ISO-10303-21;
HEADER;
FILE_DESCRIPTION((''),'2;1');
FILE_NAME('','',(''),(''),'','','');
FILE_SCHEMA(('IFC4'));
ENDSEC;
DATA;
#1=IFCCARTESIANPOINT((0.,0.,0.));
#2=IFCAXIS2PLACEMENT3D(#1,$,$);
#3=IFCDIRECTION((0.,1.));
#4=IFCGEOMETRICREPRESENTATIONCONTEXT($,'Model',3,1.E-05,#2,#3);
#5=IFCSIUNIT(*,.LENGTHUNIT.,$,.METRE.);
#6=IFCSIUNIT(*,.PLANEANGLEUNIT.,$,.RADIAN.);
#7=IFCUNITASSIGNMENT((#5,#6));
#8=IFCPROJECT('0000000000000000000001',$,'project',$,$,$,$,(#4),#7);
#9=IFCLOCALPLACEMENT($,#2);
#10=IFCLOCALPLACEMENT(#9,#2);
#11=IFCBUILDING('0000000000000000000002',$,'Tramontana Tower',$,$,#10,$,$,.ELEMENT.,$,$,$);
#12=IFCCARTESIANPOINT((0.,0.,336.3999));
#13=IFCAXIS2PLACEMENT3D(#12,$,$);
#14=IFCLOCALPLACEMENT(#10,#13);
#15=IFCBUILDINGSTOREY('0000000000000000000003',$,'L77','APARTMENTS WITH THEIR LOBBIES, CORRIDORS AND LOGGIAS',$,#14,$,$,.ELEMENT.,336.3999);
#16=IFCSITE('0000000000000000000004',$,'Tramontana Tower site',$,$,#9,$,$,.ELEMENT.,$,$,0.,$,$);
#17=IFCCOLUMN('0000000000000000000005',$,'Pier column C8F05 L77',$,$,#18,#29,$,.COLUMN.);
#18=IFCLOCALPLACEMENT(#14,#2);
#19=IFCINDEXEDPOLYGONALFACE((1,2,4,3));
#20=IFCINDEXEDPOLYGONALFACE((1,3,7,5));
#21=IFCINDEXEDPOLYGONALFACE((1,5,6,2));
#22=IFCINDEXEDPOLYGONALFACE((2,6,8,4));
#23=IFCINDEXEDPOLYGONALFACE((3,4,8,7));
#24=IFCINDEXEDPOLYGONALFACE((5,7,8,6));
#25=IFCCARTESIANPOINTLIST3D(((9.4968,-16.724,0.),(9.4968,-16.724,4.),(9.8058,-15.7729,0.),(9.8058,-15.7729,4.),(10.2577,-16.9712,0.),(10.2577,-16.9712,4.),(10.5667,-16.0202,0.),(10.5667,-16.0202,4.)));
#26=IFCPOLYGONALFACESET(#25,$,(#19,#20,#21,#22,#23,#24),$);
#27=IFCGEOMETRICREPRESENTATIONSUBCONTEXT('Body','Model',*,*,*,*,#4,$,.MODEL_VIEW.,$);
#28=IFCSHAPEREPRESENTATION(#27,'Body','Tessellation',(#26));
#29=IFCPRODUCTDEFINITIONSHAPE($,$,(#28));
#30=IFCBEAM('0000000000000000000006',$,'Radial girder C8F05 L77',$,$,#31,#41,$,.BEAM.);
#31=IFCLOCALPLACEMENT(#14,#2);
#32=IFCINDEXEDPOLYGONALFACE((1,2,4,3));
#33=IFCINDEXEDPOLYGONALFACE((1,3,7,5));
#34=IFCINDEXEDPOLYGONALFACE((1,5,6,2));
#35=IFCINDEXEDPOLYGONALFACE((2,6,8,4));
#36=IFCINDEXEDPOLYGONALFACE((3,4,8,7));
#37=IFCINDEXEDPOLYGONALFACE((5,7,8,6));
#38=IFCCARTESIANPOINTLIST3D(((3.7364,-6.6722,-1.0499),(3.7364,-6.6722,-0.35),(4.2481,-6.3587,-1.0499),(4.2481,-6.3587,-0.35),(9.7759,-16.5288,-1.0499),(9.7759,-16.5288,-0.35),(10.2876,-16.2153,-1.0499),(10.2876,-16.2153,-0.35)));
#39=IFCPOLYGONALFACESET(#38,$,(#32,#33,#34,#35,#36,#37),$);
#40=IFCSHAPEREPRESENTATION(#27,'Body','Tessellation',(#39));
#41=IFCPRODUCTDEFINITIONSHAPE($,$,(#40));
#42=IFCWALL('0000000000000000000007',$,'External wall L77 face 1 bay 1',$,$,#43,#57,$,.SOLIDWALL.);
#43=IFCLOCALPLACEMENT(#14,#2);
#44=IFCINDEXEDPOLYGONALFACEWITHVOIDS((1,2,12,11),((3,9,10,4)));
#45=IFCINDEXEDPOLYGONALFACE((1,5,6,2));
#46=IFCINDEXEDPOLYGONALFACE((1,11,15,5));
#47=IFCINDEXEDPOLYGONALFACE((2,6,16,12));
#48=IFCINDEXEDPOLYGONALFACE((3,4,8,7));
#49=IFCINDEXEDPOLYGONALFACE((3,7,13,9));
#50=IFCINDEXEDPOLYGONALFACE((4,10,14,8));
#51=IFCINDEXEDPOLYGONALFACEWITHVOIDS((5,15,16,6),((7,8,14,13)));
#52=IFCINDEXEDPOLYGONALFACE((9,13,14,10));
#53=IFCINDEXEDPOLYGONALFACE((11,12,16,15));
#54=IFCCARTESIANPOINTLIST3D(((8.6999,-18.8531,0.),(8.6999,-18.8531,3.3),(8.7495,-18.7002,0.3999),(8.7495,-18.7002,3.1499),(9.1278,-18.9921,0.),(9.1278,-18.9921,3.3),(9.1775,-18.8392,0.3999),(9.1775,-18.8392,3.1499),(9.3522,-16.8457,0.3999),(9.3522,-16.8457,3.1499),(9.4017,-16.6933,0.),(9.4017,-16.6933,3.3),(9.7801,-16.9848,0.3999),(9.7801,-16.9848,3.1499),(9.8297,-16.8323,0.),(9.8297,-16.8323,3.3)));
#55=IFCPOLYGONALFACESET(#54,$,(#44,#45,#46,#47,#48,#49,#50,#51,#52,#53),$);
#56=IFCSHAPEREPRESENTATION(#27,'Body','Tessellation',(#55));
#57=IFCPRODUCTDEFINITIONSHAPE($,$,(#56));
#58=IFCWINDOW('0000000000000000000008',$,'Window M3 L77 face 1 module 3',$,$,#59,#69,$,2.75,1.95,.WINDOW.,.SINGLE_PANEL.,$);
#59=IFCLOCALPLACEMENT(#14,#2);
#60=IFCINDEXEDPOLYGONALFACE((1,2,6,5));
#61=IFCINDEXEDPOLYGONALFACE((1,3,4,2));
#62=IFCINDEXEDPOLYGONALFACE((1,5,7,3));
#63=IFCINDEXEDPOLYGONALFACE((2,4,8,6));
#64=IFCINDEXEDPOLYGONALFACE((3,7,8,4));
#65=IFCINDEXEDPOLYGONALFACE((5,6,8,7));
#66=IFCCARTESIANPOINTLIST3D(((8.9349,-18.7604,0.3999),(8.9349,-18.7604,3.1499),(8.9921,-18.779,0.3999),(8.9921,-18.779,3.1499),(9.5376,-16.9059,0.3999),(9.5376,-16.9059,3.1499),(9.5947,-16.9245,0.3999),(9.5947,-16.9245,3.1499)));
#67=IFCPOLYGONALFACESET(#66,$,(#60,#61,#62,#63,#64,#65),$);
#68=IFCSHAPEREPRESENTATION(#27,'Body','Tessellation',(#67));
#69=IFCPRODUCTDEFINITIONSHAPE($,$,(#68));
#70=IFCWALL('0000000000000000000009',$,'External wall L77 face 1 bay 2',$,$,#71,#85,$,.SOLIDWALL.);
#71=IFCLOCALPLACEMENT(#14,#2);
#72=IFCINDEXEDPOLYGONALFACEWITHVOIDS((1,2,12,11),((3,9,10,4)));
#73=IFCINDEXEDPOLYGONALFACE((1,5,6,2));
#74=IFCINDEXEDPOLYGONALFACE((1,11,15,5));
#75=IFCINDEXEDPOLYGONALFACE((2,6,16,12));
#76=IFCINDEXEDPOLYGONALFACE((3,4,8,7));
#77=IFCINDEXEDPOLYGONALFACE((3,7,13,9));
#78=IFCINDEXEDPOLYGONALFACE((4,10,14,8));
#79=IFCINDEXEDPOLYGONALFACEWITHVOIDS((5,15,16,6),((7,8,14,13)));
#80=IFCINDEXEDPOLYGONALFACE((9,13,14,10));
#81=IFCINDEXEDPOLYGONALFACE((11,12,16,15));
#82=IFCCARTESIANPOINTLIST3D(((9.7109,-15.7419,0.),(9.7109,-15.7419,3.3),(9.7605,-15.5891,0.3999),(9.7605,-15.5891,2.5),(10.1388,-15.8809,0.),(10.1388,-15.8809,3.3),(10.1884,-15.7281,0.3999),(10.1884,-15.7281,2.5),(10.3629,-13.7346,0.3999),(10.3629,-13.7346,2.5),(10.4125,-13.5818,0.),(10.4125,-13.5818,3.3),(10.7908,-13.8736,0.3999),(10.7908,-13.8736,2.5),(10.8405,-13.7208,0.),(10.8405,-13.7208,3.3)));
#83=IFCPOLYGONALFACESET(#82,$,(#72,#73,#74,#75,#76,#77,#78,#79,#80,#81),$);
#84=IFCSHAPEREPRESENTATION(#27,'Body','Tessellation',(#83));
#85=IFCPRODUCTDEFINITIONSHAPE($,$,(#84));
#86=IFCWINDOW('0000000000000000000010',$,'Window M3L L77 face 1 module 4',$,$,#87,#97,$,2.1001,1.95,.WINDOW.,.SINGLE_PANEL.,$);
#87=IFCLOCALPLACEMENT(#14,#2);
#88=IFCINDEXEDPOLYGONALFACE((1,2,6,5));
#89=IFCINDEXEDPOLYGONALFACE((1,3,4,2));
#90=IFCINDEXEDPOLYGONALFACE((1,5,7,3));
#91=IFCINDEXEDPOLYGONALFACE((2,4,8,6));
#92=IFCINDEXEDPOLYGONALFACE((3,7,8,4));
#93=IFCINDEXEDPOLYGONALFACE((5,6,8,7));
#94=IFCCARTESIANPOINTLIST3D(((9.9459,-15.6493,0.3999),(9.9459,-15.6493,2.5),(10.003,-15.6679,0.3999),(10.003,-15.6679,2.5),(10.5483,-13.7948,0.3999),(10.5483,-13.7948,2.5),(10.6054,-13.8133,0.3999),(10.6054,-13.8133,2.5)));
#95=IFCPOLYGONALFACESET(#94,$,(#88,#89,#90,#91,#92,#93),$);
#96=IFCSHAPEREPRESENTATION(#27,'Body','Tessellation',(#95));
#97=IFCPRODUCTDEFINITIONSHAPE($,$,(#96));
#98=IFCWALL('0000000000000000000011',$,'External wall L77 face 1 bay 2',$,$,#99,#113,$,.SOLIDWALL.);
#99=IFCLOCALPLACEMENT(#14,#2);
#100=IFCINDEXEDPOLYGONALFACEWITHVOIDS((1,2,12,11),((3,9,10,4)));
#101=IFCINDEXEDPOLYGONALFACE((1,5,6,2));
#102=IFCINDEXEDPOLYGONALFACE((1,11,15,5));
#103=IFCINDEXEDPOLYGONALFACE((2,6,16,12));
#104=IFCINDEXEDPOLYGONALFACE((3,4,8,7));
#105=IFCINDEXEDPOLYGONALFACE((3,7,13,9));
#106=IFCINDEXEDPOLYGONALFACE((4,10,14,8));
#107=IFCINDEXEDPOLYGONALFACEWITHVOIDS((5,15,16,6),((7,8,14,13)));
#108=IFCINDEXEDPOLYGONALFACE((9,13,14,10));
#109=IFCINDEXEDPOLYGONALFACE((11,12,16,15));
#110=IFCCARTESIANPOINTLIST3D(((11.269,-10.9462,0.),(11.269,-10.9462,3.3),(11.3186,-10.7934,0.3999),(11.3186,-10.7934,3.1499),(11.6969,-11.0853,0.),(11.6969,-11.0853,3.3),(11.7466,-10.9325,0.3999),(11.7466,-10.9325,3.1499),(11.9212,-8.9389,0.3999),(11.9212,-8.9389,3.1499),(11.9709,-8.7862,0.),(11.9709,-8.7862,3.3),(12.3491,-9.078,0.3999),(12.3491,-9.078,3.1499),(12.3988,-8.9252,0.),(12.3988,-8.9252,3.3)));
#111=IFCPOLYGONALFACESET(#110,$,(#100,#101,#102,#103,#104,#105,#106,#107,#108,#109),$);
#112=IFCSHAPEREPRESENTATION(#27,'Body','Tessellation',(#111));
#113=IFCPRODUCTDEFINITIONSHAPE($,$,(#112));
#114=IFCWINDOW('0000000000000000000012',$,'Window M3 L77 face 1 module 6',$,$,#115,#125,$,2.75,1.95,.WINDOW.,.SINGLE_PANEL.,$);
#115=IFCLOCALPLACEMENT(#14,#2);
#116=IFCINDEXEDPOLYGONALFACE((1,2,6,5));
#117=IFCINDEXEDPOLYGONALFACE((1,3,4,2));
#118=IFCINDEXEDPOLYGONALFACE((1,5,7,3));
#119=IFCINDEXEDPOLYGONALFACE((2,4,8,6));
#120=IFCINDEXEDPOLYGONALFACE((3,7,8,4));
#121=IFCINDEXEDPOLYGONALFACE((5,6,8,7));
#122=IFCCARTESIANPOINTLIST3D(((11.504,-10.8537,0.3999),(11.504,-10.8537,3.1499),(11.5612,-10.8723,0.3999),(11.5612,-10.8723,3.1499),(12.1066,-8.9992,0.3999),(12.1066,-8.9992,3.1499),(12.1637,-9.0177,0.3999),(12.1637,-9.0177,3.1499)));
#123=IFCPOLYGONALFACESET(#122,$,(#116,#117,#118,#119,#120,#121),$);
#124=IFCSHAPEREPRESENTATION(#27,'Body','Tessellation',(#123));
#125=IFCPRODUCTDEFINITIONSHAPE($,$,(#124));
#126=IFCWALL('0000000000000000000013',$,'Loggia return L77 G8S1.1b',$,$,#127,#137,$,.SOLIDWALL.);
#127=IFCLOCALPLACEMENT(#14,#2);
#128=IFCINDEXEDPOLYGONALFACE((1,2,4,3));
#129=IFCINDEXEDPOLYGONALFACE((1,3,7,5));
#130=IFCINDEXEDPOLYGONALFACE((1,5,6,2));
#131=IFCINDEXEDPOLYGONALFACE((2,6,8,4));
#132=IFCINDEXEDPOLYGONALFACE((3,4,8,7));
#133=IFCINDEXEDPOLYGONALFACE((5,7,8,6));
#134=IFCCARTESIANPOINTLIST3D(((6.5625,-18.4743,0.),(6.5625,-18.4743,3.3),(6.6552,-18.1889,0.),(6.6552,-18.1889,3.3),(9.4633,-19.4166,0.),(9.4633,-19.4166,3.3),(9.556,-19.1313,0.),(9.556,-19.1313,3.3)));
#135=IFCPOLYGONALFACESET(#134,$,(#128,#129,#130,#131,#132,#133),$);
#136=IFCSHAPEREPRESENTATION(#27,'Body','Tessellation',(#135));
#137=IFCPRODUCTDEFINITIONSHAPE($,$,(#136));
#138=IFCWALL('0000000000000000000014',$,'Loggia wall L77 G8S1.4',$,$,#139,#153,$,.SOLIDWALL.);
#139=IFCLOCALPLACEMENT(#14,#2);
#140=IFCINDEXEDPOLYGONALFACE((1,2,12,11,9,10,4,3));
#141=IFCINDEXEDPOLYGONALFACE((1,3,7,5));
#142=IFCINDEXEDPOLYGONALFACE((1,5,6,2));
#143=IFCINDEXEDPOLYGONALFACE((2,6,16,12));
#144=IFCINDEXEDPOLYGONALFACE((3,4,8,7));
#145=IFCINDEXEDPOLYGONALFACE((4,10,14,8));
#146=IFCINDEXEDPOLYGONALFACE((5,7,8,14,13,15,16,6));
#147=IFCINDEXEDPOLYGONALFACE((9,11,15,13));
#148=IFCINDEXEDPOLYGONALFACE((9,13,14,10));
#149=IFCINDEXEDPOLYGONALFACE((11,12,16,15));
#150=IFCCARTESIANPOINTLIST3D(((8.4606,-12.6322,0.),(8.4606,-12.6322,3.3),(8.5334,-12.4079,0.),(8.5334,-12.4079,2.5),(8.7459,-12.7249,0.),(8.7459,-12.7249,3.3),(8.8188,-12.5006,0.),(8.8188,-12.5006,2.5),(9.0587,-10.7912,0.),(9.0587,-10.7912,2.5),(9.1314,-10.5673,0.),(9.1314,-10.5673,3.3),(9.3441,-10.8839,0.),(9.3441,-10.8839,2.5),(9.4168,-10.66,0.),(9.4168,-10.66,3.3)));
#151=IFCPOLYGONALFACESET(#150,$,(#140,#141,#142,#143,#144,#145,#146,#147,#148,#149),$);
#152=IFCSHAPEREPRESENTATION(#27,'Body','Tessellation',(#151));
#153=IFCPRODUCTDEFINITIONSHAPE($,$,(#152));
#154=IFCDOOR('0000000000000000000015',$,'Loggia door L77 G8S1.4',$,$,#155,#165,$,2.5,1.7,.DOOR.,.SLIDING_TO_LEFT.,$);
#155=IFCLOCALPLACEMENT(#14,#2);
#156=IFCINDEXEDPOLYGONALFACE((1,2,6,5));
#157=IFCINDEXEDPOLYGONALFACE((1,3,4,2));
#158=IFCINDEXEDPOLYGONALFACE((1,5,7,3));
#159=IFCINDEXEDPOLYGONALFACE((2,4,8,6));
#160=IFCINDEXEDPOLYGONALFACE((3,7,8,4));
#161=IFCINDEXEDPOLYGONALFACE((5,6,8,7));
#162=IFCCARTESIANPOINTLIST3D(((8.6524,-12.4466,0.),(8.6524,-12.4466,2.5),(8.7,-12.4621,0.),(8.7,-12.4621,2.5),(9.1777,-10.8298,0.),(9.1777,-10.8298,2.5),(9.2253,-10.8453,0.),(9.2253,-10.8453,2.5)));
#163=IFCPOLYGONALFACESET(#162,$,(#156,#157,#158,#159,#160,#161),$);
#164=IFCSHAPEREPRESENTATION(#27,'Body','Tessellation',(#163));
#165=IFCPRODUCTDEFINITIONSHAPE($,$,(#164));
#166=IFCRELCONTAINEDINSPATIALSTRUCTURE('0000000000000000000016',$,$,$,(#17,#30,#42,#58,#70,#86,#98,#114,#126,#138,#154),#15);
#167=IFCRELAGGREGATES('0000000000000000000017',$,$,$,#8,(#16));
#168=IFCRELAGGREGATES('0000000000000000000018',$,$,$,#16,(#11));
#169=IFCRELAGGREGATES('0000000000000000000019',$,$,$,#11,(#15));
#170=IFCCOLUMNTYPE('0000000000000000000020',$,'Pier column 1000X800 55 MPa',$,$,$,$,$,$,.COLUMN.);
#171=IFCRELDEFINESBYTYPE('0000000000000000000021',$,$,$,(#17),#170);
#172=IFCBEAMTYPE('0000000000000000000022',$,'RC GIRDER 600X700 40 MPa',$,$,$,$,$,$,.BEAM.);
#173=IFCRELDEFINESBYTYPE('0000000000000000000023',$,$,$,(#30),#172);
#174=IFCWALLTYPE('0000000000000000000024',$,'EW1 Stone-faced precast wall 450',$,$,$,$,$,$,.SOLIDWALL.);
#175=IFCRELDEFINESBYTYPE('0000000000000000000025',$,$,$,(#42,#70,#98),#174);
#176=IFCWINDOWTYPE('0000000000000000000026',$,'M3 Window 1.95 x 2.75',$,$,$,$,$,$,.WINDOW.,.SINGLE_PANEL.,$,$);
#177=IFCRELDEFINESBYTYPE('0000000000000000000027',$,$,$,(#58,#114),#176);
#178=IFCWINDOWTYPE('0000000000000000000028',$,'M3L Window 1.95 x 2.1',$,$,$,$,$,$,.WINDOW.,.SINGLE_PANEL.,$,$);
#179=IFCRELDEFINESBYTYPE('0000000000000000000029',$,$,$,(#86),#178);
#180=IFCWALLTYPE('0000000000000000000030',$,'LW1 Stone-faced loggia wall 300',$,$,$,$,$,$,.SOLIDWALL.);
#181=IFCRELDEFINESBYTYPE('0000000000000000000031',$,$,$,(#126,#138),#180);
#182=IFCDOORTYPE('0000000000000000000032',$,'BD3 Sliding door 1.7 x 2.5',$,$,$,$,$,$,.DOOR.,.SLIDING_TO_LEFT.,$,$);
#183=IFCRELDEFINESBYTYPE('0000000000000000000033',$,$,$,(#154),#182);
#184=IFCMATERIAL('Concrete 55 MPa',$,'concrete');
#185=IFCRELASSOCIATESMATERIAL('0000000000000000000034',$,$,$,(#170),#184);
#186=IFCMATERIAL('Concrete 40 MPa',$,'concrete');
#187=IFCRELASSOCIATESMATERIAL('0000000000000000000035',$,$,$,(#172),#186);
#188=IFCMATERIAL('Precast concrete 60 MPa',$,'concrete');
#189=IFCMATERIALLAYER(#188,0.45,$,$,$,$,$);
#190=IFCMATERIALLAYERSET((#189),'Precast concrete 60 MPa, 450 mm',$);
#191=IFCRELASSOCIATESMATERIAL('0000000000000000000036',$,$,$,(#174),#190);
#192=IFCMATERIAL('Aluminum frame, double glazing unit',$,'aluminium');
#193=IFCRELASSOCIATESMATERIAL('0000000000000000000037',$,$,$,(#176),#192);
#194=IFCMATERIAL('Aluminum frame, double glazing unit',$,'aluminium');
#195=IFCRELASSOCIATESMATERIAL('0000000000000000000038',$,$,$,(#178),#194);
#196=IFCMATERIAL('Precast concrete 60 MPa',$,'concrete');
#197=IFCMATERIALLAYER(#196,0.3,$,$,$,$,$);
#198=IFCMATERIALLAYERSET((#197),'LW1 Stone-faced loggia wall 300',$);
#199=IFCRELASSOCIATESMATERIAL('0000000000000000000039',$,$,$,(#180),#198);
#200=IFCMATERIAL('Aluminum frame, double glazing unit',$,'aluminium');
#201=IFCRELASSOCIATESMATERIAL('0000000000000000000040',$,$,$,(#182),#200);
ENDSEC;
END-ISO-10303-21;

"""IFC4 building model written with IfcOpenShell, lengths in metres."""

from ifc_helpers import new_model, si_unit, direction, frame, frame_2d, origin, origin_2d, place, context, subcontext, project, spatial, rectangle, extrude, material, layer, layer_set, material_profile, profile_set, type_object, element, fill, save


model = new_model("IFC4")

# Units and contexts
model_context = context("Model", 3, precision=1e-05, world=origin(), true_north=direction((0.0, 1.0)))
body_context = subcontext(model_context, "Body", "Model", "MODEL_VIEW")
ifc_project = project(units=[si_unit("LENGTHUNIT", "METRE"), si_unit("PLANEANGLEUNIT", "RADIAN")], contexts=[model_context])

# Site, building, storey
site_placement = place(None, origin())
site = spatial("IfcSite", under=ifc_project, at=site_placement, Name="Tramontana Tower site", CompositionType="ELEMENT", RefElevation=0.0)
building_placement = place(site_placement, origin())
building = spatial("IfcBuilding", under=site, at=building_placement, Name="Tramontana Tower", CompositionType="ELEMENT")
storey_placement = place(building_placement, frame((0.0, 0.0, 336.3999)))
storey = spatial("IfcBuildingStorey", under=building, at=storey_placement, Name="L77", Description="APARTMENTS WITH THEIR LOBBIES, CORRIDORS AND LOGGIAS", CompositionType="ELEMENT", Elevation=336.3999)

# Column
ifc_material_1 = material(Name="Concrete 55 MPa", Category="concrete")
ifc_material_profile_1 = material_profile(ifc_material_1, rectangle(XDim=1.0, YDim=0.8, at=origin_2d()), Name="Pier column 1000X800 55 MPa")
ifc_profile_set_1 = profile_set([ifc_material_profile_1], Name="Concrete 55 MPa")
column_type = type_object("IfcColumnType", Name="Pier column 1000X800 55 MPa", PredefinedType="COLUMN", material=ifc_profile_set_1)
column_placement = place(storey_placement, frame((10.0317, -16.3721, 0.0), z_axis=(0.0, 0.0, 1.0), x_axis=(0.309017, 0.951057, 0.0)))
element("IfcColumn", 1, at=column_placement, inside=storey, type_object=column_type, Name="Pier column C8F05 L77", PredefinedType="COLUMN", context=body_context, shape_type="SweptSolid", body=[
    extrude(rectangle(XDim=1.0, YDim=0.8, at=origin_2d()), origin(), (0.0, 0.0, 1.0), 4.0),
])

# Beam
ifc_material_2 = material(Name="Concrete 40 MPa", Category="concrete")
ifc_material_profile_2 = material_profile(ifc_material_2, rectangle(XDim=0.6001, YDim=0.7, at=origin_2d()), Name="RC GIRDER 600X700 40 MPa")
ifc_profile_set_2 = profile_set([ifc_material_profile_2], Name="Concrete 40 MPa")
beam_type = type_object("IfcBeamType", Name="RC GIRDER 600X700 40 MPa", PredefinedType="BEAM", material=ifc_profile_set_2)
beam_placement = place(storey_placement, frame((10.0317, -16.3721, -0.7), z_axis=(-0.522459, 0.852665, 0.0), x_axis=(-0.852665, -0.522459, 0.0)))
element("IfcBeam", 2, at=beam_placement, inside=storey, type_object=beam_type, Name="Radial girder C8F05 L77", PredefinedType="BEAM", context=body_context, shape_type="SweptSolid", body=[
    extrude(rectangle(XDim=0.6001, YDim=0.7, at=origin_2d()), origin(), (0.0, 0.0, 1.0), 11.5598),
])

# Walls, openings, windows
ifc_material_3 = material(Name="Precast concrete 60 MPa", Category="concrete")
ifc_layer_1 = layer(ifc_material_3, 0.45)
ifc_layer_set_1 = layer_set([ifc_layer_1], Name="Precast concrete 60 MPa, 450 mm")
wall_type_1 = type_object("IfcWallType", Name="EW1 Stone-faced precast wall 450", PredefinedType="SOLIDWALL", material=ifc_layer_set_1)
wall_1_placement = place(storey_placement, frame((8.9138, -18.9226, 0.0), z_axis=(0.0, 0.0, 1.0), x_axis=(0.309059, 0.951043, 0.0)))
wall_1 = element("IfcWall", 3, at=wall_1_placement, inside=storey, type_object=wall_type_1, Name="External wall L77 face 1 bay 1", PredefinedType="SOLIDWALL", context=body_context, shape_type="SweptSolid", body=[
    extrude(rectangle(XDim=2.271, YDim=0.45, at=frame_2d((1.1355, 0.0))), origin(), (0.0, 0.0, 1.0), 3.3),
])
opening_1_placement = place(wall_1_placement, frame((0.1606, 0.0, 0.3999)))
opening_1 = element("IfcOpeningElement", 4, at=opening_1_placement, cuts=wall_1, PredefinedType="OPENING", context=body_context, shape_type="SweptSolid", body=[
    extrude(rectangle(XDim=1.95, YDim=2.75, at=frame_2d((0.9751, 1.375))), frame((0.0, 0.2349, 0.0), z_axis=(0.0, -1.0, 0.0), x_axis=(1.0, 0.0, 0.0)), (0.0, 0.0, 1.0), 0.47),
])
ifc_material_4 = material(Name="Aluminum frame, double glazing unit", Category="aluminium")
window_type_1 = type_object("IfcWindowType", Name="M3 Window 1.95 x 2.75", PartitioningType="SINGLE_PANEL", PredefinedType="WINDOW", material=ifc_material_4)
window_1_placement = place(opening_1_placement, origin())
window_1 = element("IfcWindow", 5, at=window_1_placement, inside=storey, type_object=window_type_1, Name="Window M3 L77 face 1 module 3", OverallHeight=2.75, OverallWidth=1.95, PartitioningType="SINGLE_PANEL", PredefinedType="WINDOW", context=body_context, shape_type="SweptSolid", body=[
    extrude(rectangle(XDim=1.95, YDim=2.75, at=frame_2d((0.9751, 1.375))), frame((0.0, 0.03, 0.0), z_axis=(0.0, -1.0, 0.0), x_axis=(1.0, 0.0, 0.0)), (0.0, 0.0, 1.0), 0.0601),
])
fill(opening_1, window_1)
wall_2_placement = place(storey_placement, frame((9.9248, -15.8115, 0.0), z_axis=(0.0, 0.0, 1.0), x_axis=(0.308931, 0.951085, 0.0)))
wall_2 = element("IfcWall", 6, at=wall_2_placement, inside=storey, type_object=wall_type_1, Name="External wall L77 face 1 bay 2", PredefinedType="SOLIDWALL", context=body_context, shape_type="SweptSolid", body=[
    extrude(rectangle(XDim=2.2712, YDim=0.45, at=frame_2d((1.1357, 0.0))), origin(), (0.0, 0.0, 1.0), 3.3),
])
opening_2_placement = place(wall_2_placement, frame((0.1606, 0.0, 0.3999)))
opening_2 = element("IfcOpeningElement", 7, at=opening_2_placement, cuts=wall_2, PredefinedType="OPENING", context=body_context, shape_type="SweptSolid", body=[
    extrude(rectangle(XDim=1.95, YDim=2.1001, at=frame_2d((0.9751, 1.05))), frame((0.0, 0.2349, 0.0), z_axis=(0.0, -1.0, 0.0), x_axis=(1.0, 0.0, 0.0)), (0.0, 0.0, 1.0), 0.47),
])
ifc_material_5 = material(Name="Aluminum frame, double glazing unit", Category="aluminium")
window_type_2 = type_object("IfcWindowType", Name="M3L Window 1.95 x 2.1", PartitioningType="SINGLE_PANEL", PredefinedType="WINDOW", material=ifc_material_5)
window_2_placement = place(opening_2_placement, origin())
window_2 = element("IfcWindow", 8, at=window_2_placement, inside=storey, type_object=window_type_2, Name="Window M3L L77 face 1 module 4", OverallHeight=2.1001, OverallWidth=1.95, PartitioningType="SINGLE_PANEL", PredefinedType="WINDOW", context=body_context, shape_type="SweptSolid", body=[
    extrude(rectangle(XDim=1.95, YDim=2.1001, at=frame_2d((0.9751, 1.05))), frame((0.0, 0.03, 0.0), z_axis=(0.0, -1.0, 0.0), x_axis=(1.0, 0.0, 0.0)), (0.0, 0.0, 1.0), 0.0601),
])
fill(opening_2, window_2)
wall_3_placement = place(storey_placement, frame((11.4829, -11.0159, 0.0), z_axis=(0.0, 0.0, 1.0), x_axis=(0.309028, 0.951053, 0.0)))
wall_3 = element("IfcWall", 9, at=wall_3_placement, inside=storey, type_object=wall_type_1, Name="External wall L77 face 1 bay 2", PredefinedType="SOLIDWALL", context=body_context, shape_type="SweptSolid", body=[
    extrude(rectangle(XDim=2.2712, YDim=0.45, at=frame_2d((1.1357, 0.0))), origin(), (0.0, 0.0, 1.0), 3.3),
])
opening_3_placement = place(wall_3_placement, frame((0.1606, 0.0, 0.3999)))
opening_3 = element("IfcOpeningElement", 10, at=opening_3_placement, cuts=wall_3, PredefinedType="OPENING", context=body_context, shape_type="SweptSolid", body=[
    extrude(rectangle(XDim=1.95, YDim=2.75, at=frame_2d((0.9751, 1.375))), frame((0.0, 0.2349, 0.0), z_axis=(0.0, -1.0, 0.0), x_axis=(1.0, 0.0, 0.0)), (0.0, 0.0, 1.0), 0.47),
])
window_3_placement = place(opening_3_placement, origin())
window_3 = element("IfcWindow", 11, at=window_3_placement, inside=storey, type_object=window_type_1, Name="Window M3 L77 face 1 module 6", OverallHeight=2.75, OverallWidth=1.95, PartitioningType="SINGLE_PANEL", PredefinedType="WINDOW", context=body_context, shape_type="SweptSolid", body=[
    extrude(rectangle(XDim=1.95, YDim=2.75, at=frame_2d((0.9751, 1.375))), frame((0.0, 0.03, 0.0), z_axis=(0.0, -1.0, 0.0), x_axis=(1.0, 0.0, 0.0)), (0.0, 0.0, 1.0), 0.0601),
])
fill(opening_3, window_3)

# Wall
ifc_material_6 = material(Name="Precast concrete 60 MPa", Category="concrete")
ifc_layer_2 = layer(ifc_material_6, 0.3)
ifc_layer_set_2 = layer_set([ifc_layer_2], Name="LW1 Stone-faced loggia wall 300")
wall_type_2 = type_object("IfcWallType", Name="LW1 Stone-faced loggia wall 300", PredefinedType="SOLIDWALL", material=ifc_layer_set_2)
wall_4_placement = place(storey_placement, frame((9.5095, -19.2739, 0.0), z_axis=(0.0, 0.0, 1.0), x_axis=(-0.951073, 0.308967, 0.0)))
element("IfcWall", 12, at=wall_4_placement, inside=storey, type_object=wall_type_2, Name="Loggia return L77 G8S1.1b", PredefinedType="SOLIDWALL", context=body_context, shape_type="SweptSolid", body=[
    extrude(rectangle(XDim=3.05, YDim=0.3, at=frame_2d((1.5249, 0.0))), origin(), (0.0, 0.0, 1.0), 3.3),
])

# Wall, opening, door
wall_5_placement = place(storey_placement, frame((8.6033, -12.6785, 0.0), z_axis=(0.0, 0.0, 1.0), x_axis=(0.309, 0.951062, 0.0)))
wall_5 = element("IfcWall", 13, at=wall_5_placement, inside=storey, type_object=wall_type_2, Name="Loggia wall L77 G8S1.4", PredefinedType="SOLIDWALL", context=body_context, shape_type="SweptSolid", body=[
    extrude(rectangle(XDim=2.1711, YDim=0.3, at=frame_2d((1.0854, 0.0))), origin(), (0.0, 0.0, 1.0), 3.3),
])
opening_4_placement = place(wall_5_placement, frame((0.2356, 0.0, 0.0)))
opening_4 = element("IfcOpeningElement", 14, at=opening_4_placement, cuts=wall_5, PredefinedType="OPENING", context=body_context, shape_type="SweptSolid", body=[
    extrude(rectangle(XDim=1.7, YDim=2.5, at=frame_2d((0.8501, 1.25))), frame((0.0, 0.1599, 0.0), z_axis=(0.0, -1.0, 0.0), x_axis=(1.0, 0.0, 0.0)), (0.0, 0.0, 1.0), 0.3201),
])
ifc_material_7 = material(Name="Aluminum frame, double glazing unit", Category="aluminium")
door_type_1 = type_object("IfcDoorType", Name="BD3 Sliding door 1.7 x 2.5", OperationType="SLIDING_TO_LEFT", PredefinedType="DOOR", material=ifc_material_7)
door_1_placement = place(opening_4_placement, origin())
door_1 = element("IfcDoor", 15, at=door_1_placement, inside=storey, type_object=door_type_1, Name="Loggia door L77 G8S1.4", OperationType="SLIDING_TO_LEFT", OverallHeight=2.5, OverallWidth=1.7, PredefinedType="DOOR", context=body_context, shape_type="SweptSolid", body=[
    extrude(rectangle(XDim=1.7, YDim=2.5, at=frame_2d((0.8501, 1.25))), frame((0.0, 0.0249, 0.0), z_axis=(0.0, -1.0, 0.0), x_axis=(1.0, 0.0, 0.0)), (0.0, 0.0, 1.0), 0.05),
])
fill(opening_4, door_1)

save(model, "model.ifc")
